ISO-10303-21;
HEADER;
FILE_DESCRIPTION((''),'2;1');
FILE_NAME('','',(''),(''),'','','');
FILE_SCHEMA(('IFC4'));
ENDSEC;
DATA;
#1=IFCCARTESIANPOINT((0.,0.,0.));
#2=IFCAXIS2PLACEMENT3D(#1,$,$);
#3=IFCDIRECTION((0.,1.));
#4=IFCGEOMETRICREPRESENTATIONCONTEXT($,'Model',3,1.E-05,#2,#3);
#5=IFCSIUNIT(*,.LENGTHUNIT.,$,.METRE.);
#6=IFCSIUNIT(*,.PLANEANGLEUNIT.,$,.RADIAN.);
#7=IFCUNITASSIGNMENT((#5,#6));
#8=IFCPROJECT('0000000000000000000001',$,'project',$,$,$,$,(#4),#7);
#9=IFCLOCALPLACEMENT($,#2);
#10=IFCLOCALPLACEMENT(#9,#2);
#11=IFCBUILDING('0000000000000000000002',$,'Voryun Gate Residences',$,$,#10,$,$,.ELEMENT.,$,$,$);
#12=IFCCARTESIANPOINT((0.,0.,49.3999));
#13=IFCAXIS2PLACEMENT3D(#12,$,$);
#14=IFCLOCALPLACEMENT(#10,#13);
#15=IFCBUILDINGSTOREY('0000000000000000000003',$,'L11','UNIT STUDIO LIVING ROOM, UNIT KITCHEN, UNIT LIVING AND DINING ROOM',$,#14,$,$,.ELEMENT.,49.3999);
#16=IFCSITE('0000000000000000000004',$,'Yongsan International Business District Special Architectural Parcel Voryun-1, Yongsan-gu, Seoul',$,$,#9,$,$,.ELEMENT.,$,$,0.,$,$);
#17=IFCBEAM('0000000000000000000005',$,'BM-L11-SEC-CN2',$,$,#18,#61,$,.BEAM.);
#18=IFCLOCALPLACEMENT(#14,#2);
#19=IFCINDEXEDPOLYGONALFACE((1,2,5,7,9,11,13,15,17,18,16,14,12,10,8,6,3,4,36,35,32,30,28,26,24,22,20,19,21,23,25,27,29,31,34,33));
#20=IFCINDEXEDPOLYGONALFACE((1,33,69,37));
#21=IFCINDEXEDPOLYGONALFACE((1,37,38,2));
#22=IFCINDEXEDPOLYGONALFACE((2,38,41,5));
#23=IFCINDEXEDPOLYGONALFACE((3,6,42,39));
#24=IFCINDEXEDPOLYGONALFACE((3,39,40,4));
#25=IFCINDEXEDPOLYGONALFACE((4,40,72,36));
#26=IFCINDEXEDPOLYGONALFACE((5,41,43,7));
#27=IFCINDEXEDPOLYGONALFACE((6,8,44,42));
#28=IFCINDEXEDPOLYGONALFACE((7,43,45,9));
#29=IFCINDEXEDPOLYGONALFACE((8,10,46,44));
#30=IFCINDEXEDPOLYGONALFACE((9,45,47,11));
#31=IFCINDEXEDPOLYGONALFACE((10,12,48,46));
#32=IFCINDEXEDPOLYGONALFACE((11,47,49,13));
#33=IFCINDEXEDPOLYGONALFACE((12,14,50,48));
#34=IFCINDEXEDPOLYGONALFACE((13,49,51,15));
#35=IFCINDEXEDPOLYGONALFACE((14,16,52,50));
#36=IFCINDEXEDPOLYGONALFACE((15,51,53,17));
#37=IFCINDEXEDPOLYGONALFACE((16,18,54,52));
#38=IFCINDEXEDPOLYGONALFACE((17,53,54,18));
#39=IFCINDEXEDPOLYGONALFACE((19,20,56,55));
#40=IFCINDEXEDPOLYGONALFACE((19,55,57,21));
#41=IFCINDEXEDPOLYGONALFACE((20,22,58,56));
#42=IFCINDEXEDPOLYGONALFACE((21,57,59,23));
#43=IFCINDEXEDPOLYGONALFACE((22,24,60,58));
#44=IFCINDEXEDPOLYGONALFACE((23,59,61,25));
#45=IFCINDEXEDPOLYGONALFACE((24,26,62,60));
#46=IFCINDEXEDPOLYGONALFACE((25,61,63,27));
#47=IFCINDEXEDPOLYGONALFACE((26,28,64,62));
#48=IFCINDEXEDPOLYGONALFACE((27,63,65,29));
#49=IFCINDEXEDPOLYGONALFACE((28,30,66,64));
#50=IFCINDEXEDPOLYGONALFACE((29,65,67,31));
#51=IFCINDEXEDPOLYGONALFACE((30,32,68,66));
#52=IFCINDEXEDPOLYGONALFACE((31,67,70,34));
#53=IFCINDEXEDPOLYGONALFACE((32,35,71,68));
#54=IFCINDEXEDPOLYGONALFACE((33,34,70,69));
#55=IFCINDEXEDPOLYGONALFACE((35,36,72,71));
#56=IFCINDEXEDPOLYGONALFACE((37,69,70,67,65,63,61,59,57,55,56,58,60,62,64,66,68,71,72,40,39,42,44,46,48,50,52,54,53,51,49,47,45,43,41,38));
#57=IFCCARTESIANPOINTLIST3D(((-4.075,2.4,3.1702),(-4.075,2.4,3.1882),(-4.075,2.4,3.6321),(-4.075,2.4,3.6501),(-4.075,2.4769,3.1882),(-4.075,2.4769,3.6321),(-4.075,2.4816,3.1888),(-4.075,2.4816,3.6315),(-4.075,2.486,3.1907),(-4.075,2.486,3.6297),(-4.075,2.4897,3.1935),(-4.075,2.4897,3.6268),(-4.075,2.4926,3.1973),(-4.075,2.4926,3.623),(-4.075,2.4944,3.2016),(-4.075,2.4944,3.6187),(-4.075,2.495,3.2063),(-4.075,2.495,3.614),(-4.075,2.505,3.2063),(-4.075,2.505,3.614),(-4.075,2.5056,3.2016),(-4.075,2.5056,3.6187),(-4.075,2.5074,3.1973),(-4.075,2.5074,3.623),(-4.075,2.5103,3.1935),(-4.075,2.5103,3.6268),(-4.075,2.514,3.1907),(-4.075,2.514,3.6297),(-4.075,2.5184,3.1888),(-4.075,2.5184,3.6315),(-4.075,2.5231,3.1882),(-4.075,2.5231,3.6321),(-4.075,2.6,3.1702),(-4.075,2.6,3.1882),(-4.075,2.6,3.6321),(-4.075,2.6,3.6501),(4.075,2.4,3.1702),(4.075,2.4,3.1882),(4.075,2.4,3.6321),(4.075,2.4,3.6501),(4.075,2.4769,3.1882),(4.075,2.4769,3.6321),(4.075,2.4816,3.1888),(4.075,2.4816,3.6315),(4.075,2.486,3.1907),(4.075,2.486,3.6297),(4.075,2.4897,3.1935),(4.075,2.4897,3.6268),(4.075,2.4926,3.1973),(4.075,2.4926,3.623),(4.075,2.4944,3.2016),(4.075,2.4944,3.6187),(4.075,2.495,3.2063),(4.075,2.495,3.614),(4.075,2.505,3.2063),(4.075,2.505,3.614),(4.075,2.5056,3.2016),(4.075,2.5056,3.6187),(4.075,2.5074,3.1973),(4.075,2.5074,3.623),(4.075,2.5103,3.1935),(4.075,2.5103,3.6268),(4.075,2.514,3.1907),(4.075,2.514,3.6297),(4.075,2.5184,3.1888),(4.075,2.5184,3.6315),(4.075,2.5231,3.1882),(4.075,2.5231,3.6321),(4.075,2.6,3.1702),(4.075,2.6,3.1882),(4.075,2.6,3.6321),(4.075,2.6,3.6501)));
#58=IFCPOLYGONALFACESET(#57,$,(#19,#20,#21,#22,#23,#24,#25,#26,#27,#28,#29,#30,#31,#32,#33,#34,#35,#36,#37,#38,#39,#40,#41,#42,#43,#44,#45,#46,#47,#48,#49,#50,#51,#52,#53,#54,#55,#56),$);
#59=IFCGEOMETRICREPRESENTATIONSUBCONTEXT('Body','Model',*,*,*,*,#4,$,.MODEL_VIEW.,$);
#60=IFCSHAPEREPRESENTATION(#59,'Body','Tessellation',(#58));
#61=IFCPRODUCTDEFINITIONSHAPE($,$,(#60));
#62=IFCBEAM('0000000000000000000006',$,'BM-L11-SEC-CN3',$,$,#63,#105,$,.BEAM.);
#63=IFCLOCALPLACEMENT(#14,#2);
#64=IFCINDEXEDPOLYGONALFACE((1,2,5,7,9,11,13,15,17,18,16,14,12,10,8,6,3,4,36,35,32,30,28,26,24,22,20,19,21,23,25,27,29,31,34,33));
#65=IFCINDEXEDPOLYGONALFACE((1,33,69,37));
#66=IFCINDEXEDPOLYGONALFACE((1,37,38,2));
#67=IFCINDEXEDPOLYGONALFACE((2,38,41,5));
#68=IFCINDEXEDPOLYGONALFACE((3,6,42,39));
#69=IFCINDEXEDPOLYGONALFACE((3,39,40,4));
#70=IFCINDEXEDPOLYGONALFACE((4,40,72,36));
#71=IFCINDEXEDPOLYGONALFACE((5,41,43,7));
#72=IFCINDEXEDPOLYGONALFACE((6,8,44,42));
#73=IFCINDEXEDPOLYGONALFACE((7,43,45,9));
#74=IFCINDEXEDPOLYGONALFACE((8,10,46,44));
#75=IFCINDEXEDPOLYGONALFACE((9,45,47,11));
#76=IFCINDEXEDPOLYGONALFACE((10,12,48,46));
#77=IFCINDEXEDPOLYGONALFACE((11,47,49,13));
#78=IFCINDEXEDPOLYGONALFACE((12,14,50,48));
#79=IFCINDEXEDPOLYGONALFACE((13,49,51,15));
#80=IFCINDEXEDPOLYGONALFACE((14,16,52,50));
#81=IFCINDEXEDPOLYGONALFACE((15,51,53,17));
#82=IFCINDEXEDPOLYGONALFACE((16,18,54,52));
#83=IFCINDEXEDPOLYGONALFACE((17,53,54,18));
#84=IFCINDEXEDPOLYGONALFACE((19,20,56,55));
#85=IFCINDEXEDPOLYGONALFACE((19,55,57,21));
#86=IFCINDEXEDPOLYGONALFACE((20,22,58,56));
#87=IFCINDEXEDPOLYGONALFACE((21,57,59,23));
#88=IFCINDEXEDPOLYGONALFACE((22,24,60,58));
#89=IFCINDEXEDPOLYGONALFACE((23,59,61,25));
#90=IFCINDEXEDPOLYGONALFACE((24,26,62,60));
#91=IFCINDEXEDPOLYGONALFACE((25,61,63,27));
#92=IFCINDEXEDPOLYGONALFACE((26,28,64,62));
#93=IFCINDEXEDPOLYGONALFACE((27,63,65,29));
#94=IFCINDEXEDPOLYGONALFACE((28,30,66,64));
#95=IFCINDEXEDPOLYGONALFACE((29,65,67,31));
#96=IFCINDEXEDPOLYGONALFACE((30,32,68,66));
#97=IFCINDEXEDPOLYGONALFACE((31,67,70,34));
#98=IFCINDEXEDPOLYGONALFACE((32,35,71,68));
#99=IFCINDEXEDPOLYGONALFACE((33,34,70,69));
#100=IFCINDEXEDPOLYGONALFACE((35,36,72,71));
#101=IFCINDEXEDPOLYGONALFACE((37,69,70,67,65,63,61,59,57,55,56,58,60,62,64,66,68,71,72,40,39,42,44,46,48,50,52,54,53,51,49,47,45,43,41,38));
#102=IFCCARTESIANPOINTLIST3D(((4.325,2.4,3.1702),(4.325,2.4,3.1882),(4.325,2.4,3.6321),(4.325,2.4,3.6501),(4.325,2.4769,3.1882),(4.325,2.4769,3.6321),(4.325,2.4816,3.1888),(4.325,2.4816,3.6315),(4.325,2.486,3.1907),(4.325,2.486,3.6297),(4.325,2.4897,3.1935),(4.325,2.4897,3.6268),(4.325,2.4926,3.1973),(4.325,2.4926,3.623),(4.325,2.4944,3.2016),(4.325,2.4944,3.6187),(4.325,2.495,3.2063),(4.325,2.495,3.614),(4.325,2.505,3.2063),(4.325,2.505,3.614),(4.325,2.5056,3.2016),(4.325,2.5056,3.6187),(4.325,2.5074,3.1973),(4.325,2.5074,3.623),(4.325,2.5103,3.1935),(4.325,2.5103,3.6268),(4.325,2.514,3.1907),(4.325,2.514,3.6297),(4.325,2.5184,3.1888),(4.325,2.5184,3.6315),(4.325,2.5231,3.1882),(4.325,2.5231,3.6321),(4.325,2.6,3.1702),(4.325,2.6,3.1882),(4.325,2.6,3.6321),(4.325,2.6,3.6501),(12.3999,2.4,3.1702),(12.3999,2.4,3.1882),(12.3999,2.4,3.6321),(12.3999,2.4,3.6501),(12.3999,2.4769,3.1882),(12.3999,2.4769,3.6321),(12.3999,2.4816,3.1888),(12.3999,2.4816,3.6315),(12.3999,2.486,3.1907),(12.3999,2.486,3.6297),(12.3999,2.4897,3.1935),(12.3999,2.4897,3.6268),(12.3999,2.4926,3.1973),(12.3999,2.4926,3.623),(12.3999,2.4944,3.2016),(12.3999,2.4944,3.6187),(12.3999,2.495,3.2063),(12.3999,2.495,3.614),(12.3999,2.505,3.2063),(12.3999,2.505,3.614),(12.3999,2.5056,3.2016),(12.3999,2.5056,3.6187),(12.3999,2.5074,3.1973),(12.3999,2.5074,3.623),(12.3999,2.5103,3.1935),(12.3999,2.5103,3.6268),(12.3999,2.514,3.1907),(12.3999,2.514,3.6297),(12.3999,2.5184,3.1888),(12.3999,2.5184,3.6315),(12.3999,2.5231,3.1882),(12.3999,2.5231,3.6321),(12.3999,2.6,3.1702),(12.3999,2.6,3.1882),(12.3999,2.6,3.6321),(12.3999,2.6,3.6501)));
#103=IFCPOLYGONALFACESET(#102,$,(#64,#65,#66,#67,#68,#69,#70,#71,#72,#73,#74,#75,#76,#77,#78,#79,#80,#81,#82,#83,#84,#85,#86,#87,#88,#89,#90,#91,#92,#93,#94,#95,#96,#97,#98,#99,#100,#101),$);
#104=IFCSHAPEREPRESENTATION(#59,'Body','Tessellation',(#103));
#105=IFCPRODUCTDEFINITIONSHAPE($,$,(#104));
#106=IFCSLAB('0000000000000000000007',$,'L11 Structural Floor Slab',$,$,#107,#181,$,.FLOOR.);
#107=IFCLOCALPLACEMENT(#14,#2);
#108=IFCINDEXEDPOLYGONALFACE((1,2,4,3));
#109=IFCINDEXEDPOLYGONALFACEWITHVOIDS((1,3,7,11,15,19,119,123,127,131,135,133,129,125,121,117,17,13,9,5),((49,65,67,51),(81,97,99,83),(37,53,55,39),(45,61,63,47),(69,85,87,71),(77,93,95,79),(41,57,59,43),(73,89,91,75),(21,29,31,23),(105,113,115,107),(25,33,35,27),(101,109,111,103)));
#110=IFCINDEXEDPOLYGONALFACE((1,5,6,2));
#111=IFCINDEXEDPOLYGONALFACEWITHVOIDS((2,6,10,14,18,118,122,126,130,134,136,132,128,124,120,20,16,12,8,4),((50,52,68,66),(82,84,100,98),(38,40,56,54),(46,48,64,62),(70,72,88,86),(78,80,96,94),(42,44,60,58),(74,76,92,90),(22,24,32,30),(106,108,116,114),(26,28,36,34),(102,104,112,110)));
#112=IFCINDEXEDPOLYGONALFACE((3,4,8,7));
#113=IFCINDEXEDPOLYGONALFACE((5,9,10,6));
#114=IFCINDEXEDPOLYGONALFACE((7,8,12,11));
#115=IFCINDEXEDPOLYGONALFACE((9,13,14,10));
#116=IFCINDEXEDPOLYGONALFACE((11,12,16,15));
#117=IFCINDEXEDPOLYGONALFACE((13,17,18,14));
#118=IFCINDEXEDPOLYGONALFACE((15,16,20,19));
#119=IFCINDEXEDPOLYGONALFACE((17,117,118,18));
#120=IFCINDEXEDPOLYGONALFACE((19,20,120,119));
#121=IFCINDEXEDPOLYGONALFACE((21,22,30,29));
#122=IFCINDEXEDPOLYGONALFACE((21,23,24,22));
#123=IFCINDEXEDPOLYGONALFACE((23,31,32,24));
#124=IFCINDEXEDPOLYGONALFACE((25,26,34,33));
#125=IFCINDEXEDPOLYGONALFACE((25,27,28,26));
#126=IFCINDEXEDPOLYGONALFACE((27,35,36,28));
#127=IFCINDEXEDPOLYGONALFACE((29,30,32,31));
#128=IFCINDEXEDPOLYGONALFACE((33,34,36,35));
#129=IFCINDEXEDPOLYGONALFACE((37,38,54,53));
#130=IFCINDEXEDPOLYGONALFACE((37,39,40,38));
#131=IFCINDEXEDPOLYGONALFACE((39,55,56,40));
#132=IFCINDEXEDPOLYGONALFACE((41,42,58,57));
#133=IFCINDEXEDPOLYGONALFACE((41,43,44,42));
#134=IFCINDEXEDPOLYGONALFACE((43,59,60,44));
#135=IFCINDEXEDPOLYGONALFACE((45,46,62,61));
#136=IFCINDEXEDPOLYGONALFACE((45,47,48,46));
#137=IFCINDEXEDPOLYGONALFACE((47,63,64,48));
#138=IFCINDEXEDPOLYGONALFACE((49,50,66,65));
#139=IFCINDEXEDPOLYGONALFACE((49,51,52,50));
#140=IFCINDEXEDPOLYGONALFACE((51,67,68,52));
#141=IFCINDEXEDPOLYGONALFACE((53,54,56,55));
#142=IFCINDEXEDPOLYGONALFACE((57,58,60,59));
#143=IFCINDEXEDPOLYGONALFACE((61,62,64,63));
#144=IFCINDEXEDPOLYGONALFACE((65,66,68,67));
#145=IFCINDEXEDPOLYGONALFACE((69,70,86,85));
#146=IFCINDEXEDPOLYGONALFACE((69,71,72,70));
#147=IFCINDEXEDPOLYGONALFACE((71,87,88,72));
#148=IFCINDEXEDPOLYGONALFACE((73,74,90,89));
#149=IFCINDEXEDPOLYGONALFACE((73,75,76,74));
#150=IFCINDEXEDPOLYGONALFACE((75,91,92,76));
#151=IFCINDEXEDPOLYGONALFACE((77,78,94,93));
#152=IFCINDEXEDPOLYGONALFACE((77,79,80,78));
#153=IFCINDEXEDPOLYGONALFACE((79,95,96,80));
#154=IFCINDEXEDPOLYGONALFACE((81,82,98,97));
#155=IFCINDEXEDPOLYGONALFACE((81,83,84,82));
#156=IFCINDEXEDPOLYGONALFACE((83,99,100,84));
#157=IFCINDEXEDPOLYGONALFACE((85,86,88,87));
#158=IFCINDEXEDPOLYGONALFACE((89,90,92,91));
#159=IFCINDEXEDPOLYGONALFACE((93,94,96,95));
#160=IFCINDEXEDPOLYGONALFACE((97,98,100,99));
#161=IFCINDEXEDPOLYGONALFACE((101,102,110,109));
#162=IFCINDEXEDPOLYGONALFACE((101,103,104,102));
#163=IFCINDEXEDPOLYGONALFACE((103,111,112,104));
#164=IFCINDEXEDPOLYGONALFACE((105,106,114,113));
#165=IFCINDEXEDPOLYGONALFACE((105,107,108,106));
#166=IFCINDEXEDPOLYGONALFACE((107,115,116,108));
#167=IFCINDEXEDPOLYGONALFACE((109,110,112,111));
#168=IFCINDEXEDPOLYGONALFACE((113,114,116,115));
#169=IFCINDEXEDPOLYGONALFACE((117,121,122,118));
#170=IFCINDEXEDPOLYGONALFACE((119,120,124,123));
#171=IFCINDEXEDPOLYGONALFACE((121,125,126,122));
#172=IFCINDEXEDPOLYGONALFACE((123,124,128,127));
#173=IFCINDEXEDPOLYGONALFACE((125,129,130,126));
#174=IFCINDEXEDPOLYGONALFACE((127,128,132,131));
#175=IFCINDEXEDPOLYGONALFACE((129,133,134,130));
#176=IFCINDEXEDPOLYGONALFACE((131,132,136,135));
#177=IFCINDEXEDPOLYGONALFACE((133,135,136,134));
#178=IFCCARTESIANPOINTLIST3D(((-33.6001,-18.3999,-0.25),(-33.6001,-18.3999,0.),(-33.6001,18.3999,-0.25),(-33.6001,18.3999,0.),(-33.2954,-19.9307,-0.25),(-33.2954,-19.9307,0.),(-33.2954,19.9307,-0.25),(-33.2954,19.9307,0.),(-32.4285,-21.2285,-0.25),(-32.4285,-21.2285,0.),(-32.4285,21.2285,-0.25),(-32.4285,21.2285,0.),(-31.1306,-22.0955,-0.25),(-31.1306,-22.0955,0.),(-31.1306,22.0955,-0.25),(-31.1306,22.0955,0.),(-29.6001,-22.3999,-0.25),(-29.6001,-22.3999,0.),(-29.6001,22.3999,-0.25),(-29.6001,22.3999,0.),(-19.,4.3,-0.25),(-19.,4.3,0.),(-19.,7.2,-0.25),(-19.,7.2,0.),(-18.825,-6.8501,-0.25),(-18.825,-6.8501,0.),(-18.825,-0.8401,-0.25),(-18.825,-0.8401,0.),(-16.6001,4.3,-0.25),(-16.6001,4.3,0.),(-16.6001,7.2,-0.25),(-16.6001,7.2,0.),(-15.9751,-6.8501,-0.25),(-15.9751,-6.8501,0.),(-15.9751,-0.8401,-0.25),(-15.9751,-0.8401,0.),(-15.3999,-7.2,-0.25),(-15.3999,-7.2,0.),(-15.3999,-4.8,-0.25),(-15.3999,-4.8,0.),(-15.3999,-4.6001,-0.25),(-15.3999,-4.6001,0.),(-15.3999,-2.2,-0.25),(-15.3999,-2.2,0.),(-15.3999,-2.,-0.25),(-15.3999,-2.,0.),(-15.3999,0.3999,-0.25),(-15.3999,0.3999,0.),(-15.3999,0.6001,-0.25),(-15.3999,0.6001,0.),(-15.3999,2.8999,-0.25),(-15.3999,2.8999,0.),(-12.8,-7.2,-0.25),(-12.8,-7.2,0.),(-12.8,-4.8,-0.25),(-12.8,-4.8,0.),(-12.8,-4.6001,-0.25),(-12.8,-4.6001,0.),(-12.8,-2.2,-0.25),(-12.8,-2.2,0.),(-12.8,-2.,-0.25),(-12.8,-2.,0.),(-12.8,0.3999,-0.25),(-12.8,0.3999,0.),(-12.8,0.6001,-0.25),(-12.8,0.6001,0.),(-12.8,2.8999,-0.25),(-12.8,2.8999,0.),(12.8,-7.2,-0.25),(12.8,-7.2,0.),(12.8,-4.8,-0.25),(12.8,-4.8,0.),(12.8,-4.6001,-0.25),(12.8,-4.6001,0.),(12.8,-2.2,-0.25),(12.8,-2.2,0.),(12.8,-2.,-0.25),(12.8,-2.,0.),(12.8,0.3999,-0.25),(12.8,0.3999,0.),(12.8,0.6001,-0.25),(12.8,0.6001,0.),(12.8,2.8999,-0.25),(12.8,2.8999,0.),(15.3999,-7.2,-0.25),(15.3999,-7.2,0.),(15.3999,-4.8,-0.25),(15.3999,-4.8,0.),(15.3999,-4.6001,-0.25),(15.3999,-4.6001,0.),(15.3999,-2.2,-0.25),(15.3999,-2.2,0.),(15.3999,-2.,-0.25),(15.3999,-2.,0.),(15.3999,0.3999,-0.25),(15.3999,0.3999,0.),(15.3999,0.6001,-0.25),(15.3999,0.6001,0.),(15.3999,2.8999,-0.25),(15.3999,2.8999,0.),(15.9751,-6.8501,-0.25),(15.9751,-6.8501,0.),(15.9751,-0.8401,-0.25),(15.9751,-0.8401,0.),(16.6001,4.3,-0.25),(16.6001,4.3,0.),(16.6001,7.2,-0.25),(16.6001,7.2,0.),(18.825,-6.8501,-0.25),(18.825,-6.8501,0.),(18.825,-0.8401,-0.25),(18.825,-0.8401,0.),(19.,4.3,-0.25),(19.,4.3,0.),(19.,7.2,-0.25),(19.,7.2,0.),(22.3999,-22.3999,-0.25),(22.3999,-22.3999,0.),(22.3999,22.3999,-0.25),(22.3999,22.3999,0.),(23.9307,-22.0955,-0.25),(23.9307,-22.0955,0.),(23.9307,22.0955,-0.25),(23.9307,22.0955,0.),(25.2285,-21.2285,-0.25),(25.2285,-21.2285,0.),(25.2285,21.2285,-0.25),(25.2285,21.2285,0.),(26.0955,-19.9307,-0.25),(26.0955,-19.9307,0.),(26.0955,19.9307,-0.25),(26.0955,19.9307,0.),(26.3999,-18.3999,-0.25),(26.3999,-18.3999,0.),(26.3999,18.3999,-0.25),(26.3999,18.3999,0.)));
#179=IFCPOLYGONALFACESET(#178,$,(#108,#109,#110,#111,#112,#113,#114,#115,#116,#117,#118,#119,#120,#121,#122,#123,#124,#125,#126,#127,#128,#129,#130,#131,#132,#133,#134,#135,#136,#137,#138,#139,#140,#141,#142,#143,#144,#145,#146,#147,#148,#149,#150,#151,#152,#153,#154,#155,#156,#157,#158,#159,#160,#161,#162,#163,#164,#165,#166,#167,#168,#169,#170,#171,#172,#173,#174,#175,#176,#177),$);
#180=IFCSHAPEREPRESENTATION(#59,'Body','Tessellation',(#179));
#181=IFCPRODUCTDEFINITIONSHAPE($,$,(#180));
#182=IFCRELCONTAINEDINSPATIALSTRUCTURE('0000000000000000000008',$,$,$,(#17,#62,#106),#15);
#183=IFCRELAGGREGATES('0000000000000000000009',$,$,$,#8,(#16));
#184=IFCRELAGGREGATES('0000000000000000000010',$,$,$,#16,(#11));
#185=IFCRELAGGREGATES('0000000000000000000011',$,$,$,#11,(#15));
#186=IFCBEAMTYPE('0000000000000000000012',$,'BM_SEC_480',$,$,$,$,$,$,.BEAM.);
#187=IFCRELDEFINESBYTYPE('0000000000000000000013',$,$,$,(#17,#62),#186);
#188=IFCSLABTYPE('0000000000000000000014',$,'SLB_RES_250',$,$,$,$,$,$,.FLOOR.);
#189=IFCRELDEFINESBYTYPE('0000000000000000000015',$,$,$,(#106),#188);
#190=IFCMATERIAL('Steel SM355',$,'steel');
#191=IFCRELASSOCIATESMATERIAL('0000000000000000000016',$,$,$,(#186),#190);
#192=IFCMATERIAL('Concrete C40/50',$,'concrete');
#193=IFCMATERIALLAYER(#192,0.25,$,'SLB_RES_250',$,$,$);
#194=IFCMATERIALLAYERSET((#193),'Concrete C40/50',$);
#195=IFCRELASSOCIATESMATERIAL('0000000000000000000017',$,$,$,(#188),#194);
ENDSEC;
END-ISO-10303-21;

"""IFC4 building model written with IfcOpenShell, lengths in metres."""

from ifc_helpers import new_model, si_unit, direction, frame, origin, origin_2d, place, context, subcontext, project, spatial, polyline, i_section, outline, extrude, material, layer, layer_set, material_profile, profile_set, type_object, element, save


model = new_model("IFC4")

# Units and contexts
model_context = context("Model", 3, precision=1e-05, world=origin(), true_north=direction((0.0, 1.0)))
body_context = subcontext(model_context, "Body", "Model", "MODEL_VIEW")
ifc_project = project(units=[si_unit("LENGTHUNIT", "METRE"), si_unit("PLANEANGLEUNIT", "RADIAN")], contexts=[model_context])

# Site, building, storey
site_placement = place(None, origin())
site = spatial("IfcSite", under=ifc_project, at=site_placement, Name="Yongsan International Business District Special Architectural Parcel Voryun-1, Yongsan-gu, Seoul", CompositionType="ELEMENT", RefElevation=0.0)
building_placement = place(site_placement, origin())
building = spatial("IfcBuilding", under=site, at=building_placement, Name="Voryun Gate Residences", CompositionType="ELEMENT")
storey_placement = place(building_placement, frame((0.0, 0.0, 49.3999)))
storey = spatial("IfcBuildingStorey", under=building, at=storey_placement, Name="L11", Description="UNIT STUDIO LIVING ROOM, UNIT KITCHEN, UNIT LIVING AND DINING ROOM", CompositionType="ELEMENT", Elevation=49.3999)

# Beams
ifc_material_1 = material(Name="Steel SM355", Category="steel")
ifc_material_profile_1 = material_profile(ifc_material_1, i_section(OverallWidth=0.2, OverallDepth=0.48, WebThickness=0.01, FlangeThickness=0.0181, FilletRadius=0.0181, at=origin_2d()), Name="H-480x200x10x18")
ifc_profile_set_1 = profile_set([ifc_material_profile_1], Name="Steel SM355")
beam_type_1 = type_object("IfcBeamType", Name="BM_SEC_480", PredefinedType="BEAM", material=ifc_profile_set_1)
beam_1_placement = place(storey_placement, frame((-4.075, 2.5, 3.4102), z_axis=(1.0, 0.0, 0.0), x_axis=(0.0, 1.0, 0.0)))
element("IfcBeam", 1, at=beam_1_placement, inside=storey, type_object=beam_type_1, Name="BM-L11-SEC-CN2", PredefinedType="BEAM", context=body_context, shape_type="SweptSolid", body=[
    extrude(i_section(OverallWidth=0.2, OverallDepth=0.48, WebThickness=0.01, FlangeThickness=0.0181, FilletRadius=0.0181, at=origin_2d()), origin(), (0.0, 0.0, 1.0), 8.1499),
])
beam_2_placement = place(storey_placement, frame((4.325, 2.5, 3.4102), z_axis=(1.0, 0.0, 0.0), x_axis=(0.0, 1.0, 0.0)))
element("IfcBeam", 2, at=beam_2_placement, inside=storey, type_object=beam_type_1, Name="BM-L11-SEC-CN3", PredefinedType="BEAM", context=body_context, shape_type="SweptSolid", body=[
    extrude(i_section(OverallWidth=0.2, OverallDepth=0.48, WebThickness=0.01, FlangeThickness=0.0181, FilletRadius=0.0181, at=origin_2d()), origin(), (0.0, 0.0, 1.0), 8.075),
])

# Slab
ifc_material_2 = material(Name="Concrete C40/50", Category="concrete")
ifc_layer_1 = layer(ifc_material_2, 0.25, Name="SLB_RES_250")
ifc_layer_set_1 = layer_set([ifc_layer_1], Name="Concrete C40/50")
slab_type_1 = type_object("IfcSlabType", Name="SLB_RES_250", PredefinedType="FLOOR", material=ifc_layer_set_1)
slab_1_placement = place(storey_placement, frame((0.0, 0.0, -0.25)))
element("IfcSlab", 3, at=slab_1_placement, inside=storey, type_object=slab_type_1, Name="L11 Structural Floor Slab", PredefinedType="FLOOR", context=body_context, shape_type="SweptSolid", body=[
    extrude(outline(polyline([(-29.6001, -22.3999), (-31.1306, -22.0955), (-32.4285, -21.2285), (-33.2954, -19.9307), (-33.6001, -18.3999), (-33.6001, 18.3999), (-33.2954, 19.9307), (-32.4285, 21.2285), (-31.1306, 22.0955), (-29.6001, 22.3999), (22.3999, 22.3999), (23.9307, 22.0955), (25.2285, 21.2285), (26.0955, 19.9307), (26.3999, 18.3999), (26.3999, -18.3999), (26.0955, -19.9307), (25.2285, -21.2285), (23.9307, -22.0955), (22.3999, -22.3999), (-29.6001, -22.3999)]), holes=[polyline([(-12.8, -4.8), (-15.3999, -4.8), (-15.3999, -7.2), (-12.8, -7.2), (-12.8, -4.8)]), polyline([(-18.825, -6.8501), (-15.9751, -6.8501), (-15.9751, -0.8401), (-18.825, -0.8401), (-18.825, -6.8501)]), polyline([(-12.8, -4.6001), (-12.8, -2.2), (-15.3999, -2.2), (-15.3999, -4.6001), (-12.8, -4.6001)]), polyline([(-12.8, 0.3999), (-15.3999, 0.3999), (-15.3999, -2.0), (-12.8, -2.0), (-12.8, 0.3999)]), polyline([(-12.8, 0.6001), (-12.8, 2.8999), (-15.3999, 2.8999), (-15.3999, 0.6001), (-12.8, 0.6001)]), polyline([(-16.6001, 4.3), (-16.6001, 7.2), (-19.0, 7.2), (-19.0, 4.3), (-16.6001, 4.3)]), polyline([(15.3999, -4.8), (12.8, -4.8), (12.8, -7.2), (15.3999, -7.2), (15.3999, -4.8)]), polyline([(15.9751, -6.8501), (18.825, -6.8501), (18.825, -0.8401), (15.9751, -0.8401), (15.9751, -6.8501)]), polyline([(15.3999, -4.6001), (15.3999, -2.2), (12.8, -2.2), (12.8, -4.6001), (15.3999, -4.6001)]), polyline([(15.3999, 0.3999), (12.8, 0.3999), (12.8, -2.0), (15.3999, -2.0), (15.3999, 0.3999)]), polyline([(15.3999, 0.6001), (15.3999, 2.8999), (12.8, 2.8999), (12.8, 0.6001), (15.3999, 0.6001)]), polyline([(19.0, 4.3), (19.0, 7.2), (16.6001, 7.2), (16.6001, 4.3), (19.0, 4.3)])]), origin(), (0.0, 0.0, 1.0), 0.25),
])

save(model, "model.ifc")
